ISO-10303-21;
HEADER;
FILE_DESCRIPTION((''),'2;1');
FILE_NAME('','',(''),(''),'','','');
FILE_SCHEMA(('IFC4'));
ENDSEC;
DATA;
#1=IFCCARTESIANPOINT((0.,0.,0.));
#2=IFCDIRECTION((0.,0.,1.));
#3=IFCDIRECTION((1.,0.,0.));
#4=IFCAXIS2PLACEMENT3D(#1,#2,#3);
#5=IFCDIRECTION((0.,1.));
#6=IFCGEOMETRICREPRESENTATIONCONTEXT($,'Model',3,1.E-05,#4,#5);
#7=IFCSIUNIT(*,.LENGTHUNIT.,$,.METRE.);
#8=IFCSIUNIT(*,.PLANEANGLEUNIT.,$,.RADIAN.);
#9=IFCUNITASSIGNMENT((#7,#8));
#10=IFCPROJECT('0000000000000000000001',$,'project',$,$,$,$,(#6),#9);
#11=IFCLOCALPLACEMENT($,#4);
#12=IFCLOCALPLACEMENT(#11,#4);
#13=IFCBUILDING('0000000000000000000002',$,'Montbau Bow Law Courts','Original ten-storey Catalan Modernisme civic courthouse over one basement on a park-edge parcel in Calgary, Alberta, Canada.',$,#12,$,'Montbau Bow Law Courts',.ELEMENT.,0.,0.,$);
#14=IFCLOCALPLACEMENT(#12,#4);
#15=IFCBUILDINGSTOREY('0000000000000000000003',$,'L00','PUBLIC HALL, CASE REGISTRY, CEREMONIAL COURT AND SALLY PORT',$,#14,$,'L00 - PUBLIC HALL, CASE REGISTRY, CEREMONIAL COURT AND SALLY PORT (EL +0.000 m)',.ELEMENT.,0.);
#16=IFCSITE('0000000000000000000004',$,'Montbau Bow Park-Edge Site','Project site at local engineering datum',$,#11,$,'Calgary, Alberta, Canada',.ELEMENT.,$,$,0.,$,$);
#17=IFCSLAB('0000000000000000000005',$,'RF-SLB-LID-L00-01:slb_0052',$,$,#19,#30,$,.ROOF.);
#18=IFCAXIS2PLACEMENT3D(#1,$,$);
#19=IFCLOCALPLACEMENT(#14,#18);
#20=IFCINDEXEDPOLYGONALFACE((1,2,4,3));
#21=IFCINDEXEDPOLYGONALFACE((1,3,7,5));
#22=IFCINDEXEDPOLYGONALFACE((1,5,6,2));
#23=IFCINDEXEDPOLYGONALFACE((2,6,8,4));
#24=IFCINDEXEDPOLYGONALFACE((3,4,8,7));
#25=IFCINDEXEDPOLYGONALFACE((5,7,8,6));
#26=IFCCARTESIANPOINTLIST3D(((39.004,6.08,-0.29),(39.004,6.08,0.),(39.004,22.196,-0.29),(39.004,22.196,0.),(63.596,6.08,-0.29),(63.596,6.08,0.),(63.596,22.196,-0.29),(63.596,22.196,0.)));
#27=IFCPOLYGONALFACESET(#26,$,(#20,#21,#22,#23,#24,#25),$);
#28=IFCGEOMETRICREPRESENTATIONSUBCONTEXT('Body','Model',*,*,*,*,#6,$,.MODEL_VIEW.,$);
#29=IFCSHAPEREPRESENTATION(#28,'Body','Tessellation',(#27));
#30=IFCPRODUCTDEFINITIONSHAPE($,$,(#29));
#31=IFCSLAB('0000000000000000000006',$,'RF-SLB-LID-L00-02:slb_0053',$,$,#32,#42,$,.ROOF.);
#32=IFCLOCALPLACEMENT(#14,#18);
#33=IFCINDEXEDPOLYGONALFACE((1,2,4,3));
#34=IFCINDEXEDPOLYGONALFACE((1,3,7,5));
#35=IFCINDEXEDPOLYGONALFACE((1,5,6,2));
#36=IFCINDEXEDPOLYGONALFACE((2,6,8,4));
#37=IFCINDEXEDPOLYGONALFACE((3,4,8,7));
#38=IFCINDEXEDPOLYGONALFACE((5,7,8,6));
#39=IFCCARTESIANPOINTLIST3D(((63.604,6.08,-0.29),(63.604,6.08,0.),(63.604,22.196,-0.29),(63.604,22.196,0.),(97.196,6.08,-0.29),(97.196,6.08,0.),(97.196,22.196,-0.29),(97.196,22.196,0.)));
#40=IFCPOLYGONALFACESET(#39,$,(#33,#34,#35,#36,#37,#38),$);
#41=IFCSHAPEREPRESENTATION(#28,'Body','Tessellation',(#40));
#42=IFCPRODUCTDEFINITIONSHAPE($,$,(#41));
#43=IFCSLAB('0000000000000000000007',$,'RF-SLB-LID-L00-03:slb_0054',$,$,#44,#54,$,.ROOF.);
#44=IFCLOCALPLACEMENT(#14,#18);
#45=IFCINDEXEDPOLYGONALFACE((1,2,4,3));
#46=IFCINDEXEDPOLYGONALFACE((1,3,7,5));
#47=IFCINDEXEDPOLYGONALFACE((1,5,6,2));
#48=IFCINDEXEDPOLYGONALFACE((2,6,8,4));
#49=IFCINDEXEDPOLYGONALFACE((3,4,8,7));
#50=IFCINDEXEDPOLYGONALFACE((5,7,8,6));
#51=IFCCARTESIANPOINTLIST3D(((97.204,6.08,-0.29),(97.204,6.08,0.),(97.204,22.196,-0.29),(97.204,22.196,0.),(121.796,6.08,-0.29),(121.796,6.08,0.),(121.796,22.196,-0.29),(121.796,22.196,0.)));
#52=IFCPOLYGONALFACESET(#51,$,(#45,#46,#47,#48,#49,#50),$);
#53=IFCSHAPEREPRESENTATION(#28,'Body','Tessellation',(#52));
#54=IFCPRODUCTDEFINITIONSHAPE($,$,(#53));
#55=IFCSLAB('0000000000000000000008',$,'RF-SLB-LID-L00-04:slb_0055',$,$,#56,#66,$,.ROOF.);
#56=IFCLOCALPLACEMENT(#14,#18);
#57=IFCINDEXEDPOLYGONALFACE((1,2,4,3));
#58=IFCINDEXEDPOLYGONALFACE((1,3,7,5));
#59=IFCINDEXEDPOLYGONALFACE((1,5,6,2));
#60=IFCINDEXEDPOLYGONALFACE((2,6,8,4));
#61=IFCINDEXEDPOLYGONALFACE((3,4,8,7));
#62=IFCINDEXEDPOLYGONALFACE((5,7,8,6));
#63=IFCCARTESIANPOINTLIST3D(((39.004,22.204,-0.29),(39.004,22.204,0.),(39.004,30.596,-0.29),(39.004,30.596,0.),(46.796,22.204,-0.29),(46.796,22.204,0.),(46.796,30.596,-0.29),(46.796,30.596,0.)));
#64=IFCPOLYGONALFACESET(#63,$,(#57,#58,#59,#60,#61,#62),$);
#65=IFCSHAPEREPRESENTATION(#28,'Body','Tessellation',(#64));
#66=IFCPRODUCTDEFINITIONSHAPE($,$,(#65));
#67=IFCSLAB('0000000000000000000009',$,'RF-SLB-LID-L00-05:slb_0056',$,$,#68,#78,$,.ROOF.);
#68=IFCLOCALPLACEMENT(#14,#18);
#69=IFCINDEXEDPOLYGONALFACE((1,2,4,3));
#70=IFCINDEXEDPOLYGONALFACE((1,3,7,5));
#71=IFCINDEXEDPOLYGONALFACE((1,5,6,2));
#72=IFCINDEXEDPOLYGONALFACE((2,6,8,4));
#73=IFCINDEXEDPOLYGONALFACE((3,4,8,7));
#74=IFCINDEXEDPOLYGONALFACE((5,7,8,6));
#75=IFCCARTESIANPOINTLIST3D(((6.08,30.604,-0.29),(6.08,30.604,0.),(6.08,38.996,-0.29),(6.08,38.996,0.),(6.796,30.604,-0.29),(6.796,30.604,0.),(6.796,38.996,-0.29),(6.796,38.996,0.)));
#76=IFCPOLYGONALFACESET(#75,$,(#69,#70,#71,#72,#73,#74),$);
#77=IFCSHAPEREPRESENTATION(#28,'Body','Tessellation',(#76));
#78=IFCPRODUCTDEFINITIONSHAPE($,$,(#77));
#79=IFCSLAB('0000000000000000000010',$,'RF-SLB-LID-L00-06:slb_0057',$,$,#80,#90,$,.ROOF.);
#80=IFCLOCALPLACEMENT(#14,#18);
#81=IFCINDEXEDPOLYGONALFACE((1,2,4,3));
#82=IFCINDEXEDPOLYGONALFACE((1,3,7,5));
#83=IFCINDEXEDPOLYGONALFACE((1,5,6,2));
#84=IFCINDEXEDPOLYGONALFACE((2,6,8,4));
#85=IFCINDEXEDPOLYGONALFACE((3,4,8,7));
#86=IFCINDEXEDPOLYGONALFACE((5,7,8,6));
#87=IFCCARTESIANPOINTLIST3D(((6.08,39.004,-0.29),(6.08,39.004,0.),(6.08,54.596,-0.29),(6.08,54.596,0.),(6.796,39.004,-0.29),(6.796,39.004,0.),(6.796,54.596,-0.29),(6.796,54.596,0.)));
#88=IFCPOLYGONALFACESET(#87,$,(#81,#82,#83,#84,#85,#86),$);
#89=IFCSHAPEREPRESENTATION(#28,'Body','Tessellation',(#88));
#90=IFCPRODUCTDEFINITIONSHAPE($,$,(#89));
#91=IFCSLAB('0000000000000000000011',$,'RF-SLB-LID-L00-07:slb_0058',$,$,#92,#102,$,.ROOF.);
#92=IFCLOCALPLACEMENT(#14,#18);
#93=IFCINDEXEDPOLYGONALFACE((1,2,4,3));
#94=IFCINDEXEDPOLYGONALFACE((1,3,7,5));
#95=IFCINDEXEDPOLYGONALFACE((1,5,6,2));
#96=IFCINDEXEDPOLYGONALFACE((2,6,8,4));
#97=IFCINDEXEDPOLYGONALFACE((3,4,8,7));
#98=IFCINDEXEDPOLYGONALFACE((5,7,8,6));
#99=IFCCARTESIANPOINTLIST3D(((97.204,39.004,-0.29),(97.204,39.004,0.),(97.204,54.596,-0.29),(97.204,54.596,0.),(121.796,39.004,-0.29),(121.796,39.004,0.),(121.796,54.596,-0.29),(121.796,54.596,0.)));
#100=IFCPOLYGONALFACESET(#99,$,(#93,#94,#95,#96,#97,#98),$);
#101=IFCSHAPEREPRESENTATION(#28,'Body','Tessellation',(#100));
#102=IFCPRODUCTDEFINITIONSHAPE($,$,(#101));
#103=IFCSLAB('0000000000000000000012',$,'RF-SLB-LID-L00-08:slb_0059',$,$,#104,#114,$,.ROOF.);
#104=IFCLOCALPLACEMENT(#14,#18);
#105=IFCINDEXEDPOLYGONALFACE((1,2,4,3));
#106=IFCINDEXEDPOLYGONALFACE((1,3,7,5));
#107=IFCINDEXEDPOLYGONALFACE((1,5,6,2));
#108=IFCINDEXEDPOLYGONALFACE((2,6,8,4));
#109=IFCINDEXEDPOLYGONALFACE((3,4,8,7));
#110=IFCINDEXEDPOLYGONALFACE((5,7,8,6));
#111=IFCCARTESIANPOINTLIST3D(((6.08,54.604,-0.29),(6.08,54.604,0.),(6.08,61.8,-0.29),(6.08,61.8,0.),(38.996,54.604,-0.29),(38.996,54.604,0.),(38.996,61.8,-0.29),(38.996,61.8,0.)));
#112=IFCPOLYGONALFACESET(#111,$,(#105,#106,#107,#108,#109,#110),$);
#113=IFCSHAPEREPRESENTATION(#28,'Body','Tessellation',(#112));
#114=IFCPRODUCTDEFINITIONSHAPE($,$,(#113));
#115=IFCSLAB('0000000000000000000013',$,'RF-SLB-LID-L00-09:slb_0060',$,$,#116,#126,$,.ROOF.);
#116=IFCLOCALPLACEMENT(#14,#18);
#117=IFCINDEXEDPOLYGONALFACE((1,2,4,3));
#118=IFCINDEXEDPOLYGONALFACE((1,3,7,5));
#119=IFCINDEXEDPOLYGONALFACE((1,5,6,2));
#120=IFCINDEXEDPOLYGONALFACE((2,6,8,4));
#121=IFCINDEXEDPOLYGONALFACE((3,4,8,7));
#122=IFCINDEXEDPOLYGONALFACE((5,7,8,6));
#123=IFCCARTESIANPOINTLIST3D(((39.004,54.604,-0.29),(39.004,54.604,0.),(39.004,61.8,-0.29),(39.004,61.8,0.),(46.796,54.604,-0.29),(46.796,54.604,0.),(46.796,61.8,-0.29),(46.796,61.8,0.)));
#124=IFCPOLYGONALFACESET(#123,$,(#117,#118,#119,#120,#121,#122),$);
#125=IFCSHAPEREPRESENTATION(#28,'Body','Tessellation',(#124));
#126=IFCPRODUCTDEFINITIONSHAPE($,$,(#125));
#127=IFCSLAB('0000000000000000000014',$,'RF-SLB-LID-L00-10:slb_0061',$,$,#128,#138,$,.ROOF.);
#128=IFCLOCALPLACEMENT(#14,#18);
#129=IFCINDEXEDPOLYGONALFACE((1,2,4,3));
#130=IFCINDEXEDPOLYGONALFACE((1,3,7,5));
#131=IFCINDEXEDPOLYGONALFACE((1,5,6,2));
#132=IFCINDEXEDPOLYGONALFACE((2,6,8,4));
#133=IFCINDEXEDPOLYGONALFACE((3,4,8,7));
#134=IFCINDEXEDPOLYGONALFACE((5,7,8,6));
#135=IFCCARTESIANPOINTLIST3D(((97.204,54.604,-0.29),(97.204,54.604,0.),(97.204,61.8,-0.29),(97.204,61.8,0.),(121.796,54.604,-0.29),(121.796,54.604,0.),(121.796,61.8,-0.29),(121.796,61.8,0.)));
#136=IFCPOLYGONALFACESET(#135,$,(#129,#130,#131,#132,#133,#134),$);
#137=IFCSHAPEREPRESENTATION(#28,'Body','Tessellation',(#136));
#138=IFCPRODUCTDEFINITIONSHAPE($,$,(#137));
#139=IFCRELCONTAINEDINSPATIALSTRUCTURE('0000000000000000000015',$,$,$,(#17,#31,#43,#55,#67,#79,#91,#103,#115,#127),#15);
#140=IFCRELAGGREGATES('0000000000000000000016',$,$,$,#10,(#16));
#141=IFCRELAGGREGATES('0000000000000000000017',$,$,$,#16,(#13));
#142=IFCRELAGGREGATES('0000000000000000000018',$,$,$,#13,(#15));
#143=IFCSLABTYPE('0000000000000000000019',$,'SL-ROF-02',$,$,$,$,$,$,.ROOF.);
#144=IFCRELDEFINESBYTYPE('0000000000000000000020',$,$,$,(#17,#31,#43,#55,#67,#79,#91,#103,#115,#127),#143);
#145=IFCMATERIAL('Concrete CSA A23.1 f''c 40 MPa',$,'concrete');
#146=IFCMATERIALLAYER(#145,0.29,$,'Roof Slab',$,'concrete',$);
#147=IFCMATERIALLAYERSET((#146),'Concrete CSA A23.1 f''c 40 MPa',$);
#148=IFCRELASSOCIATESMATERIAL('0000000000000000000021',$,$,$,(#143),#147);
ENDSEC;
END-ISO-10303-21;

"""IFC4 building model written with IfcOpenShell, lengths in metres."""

from ifc_helpers import new_model, si_unit, direction, frame, origin_with_axes, place, context, subcontext, project, spatial, polyline, outline, extrude, material, layer, layer_set, type_object, element, save


model = new_model("IFC4")

# Units and contexts
model_context = context("Model", 3, precision=1e-05, world=origin_with_axes(), true_north=direction((0.0, 1.0)))
body_context = subcontext(model_context, "Body", "Model", "MODEL_VIEW")
ifc_project = project(units=[si_unit("LENGTHUNIT", "METRE"), si_unit("PLANEANGLEUNIT", "RADIAN")], contexts=[model_context])

# Site, building, storey
site_placement = place(None, origin_with_axes())
site = spatial("IfcSite", under=ifc_project, at=site_placement, Name="Montbau Bow Park-Edge Site", Description="Project site at local engineering datum", LongName="Calgary, Alberta, Canada", CompositionType="ELEMENT", RefElevation=0.0)
building_placement = place(site_placement, origin_with_axes())
building = spatial("IfcBuilding", under=site, at=building_placement, Name="Montbau Bow Law Courts", Description="Original ten-storey Catalan Modernisme civic courthouse over one basement on a park-edge parcel in Calgary, Alberta, Canada.", LongName="Montbau Bow Law Courts", CompositionType="ELEMENT", ElevationOfRefHeight=0.0, ElevationOfTerrain=0.0)
storey_placement = place(building_placement, origin_with_axes())
storey = spatial("IfcBuildingStorey", under=building, at=storey_placement, Name="L00", Description="PUBLIC HALL, CASE REGISTRY, CEREMONIAL COURT AND SALLY PORT", LongName="L00 - PUBLIC HALL, CASE REGISTRY, CEREMONIAL COURT AND SALLY PORT (EL +0.000 m)", CompositionType="ELEMENT", Elevation=0.0)

# Shared definitions
ifc_material_1 = material(Name="Concrete CSA A23.1 f'c 40 MPa", Category="concrete")

# Slabs
ifc_layer_1 = layer(ifc_material_1, 0.29, Name="Roof Slab", Category="concrete")
ifc_layer_set_1 = layer_set([ifc_layer_1], Name="Concrete CSA A23.1 f'c 40 MPa")
slab_type_1 = type_object("IfcSlabType", Name="SL-ROF-02", PredefinedType="ROOF", material=ifc_layer_set_1)
slab_1_placement = place(None, frame((0.0, 0.0, -0.29), z_axis=(0.0, 0.0, 1.0), x_axis=(1.0, 0.0, 0.0)))
element("IfcSlab", 1, at=slab_1_placement, inside=storey, type_object=slab_type_1, Name="RF-SLB-LID-L00-01:slb_0052", PredefinedType="ROOF", context=body_context, shape_type="SweptSolid", body=[
    extrude(outline(polyline([(39.004, 22.196), (63.596, 22.196), (63.596, 6.08), (39.004, 6.08), (39.004, 22.196)])), origin_with_axes(), (0.0, 0.0, 1.0), 0.29),
])
slab_2_placement = place(None, frame((0.0, 0.0, -0.29), z_axis=(0.0, 0.0, 1.0), x_axis=(1.0, 0.0, 0.0)))
element("IfcSlab", 2, at=slab_2_placement, inside=storey, type_object=slab_type_1, Name="RF-SLB-LID-L00-02:slb_0053", PredefinedType="ROOF", context=body_context, shape_type="SweptSolid", body=[
    extrude(outline(polyline([(63.604, 6.08), (63.604, 22.196), (97.196, 22.196), (97.196, 6.08), (63.604, 6.08)])), origin_with_axes(), (0.0, 0.0, 1.0), 0.29),
])
slab_3_placement = place(None, frame((0.0, 0.0, -0.29), z_axis=(0.0, 0.0, 1.0), x_axis=(1.0, 0.0, 0.0)))
element("IfcSlab", 3, at=slab_3_placement, inside=storey, type_object=slab_type_1, Name="RF-SLB-LID-L00-03:slb_0054", PredefinedType="ROOF", context=body_context, shape_type="SweptSolid", body=[
    extrude(outline(polyline([(121.796, 6.08), (97.204, 6.08), (97.204, 22.196), (121.796, 22.196), (121.796, 6.08)])), origin_with_axes(), (0.0, 0.0, 1.0), 0.29),
])
slab_4_placement = place(None, frame((0.0, 0.0, -0.29), z_axis=(0.0, 0.0, 1.0), x_axis=(1.0, 0.0, 0.0)))
element("IfcSlab", 4, at=slab_4_placement, inside=storey, type_object=slab_type_1, Name="RF-SLB-LID-L00-04:slb_0055", PredefinedType="ROOF", context=body_context, shape_type="SweptSolid", body=[
    extrude(outline(polyline([(39.004, 30.596), (46.796, 30.596), (46.796, 22.204), (39.004, 22.204), (39.004, 30.596)])), origin_with_axes(), (0.0, 0.0, 1.0), 0.29),
])
slab_5_placement = place(None, frame((0.0, 0.0, -0.29), z_axis=(0.0, 0.0, 1.0), x_axis=(1.0, 0.0, 0.0)))
element("IfcSlab", 5, at=slab_5_placement, inside=storey, type_object=slab_type_1, Name="RF-SLB-LID-L00-05:slb_0056", PredefinedType="ROOF", context=body_context, shape_type="SweptSolid", body=[
    extrude(outline(polyline([(6.796, 30.604), (6.08, 30.604), (6.08, 38.996), (6.796, 38.996), (6.796, 30.604)])), origin_with_axes(), (0.0, 0.0, 1.0), 0.29),
])
slab_6_placement = place(None, frame((0.0, 0.0, -0.29), z_axis=(0.0, 0.0, 1.0), x_axis=(1.0, 0.0, 0.0)))
element("IfcSlab", 6, at=slab_6_placement, inside=storey, type_object=slab_type_1, Name="RF-SLB-LID-L00-06:slb_0057", PredefinedType="ROOF", context=body_context, shape_type="SweptSolid", body=[
    extrude(outline(polyline([(6.796, 39.004), (6.08, 39.004), (6.08, 54.596), (6.796, 54.596), (6.796, 39.004)])), origin_with_axes(), (0.0, 0.0, 1.0), 0.29),
])
slab_7_placement = place(None, frame((0.0, 0.0, -0.29), z_axis=(0.0, 0.0, 1.0), x_axis=(1.0, 0.0, 0.0)))
element("IfcSlab", 7, at=slab_7_placement, inside=storey, type_object=slab_type_1, Name="RF-SLB-LID-L00-07:slb_0058", PredefinedType="ROOF", context=body_context, shape_type="SweptSolid", body=[
    extrude(outline(polyline([(121.796, 39.004), (97.204, 39.004), (97.204, 54.596), (121.796, 54.596), (121.796, 39.004)])), origin_with_axes(), (0.0, 0.0, 1.0), 0.29),
])
slab_8_placement = place(None, frame((0.0, 0.0, -0.29), z_axis=(0.0, 0.0, 1.0), x_axis=(1.0, 0.0, 0.0)))
element("IfcSlab", 8, at=slab_8_placement, inside=storey, type_object=slab_type_1, Name="RF-SLB-LID-L00-08:slb_0059", PredefinedType="ROOF", context=body_context, shape_type="SweptSolid", body=[
    extrude(outline(polyline([(38.996, 54.604), (6.08, 54.604), (6.08, 61.8), (38.996, 61.8), (38.996, 54.604)])), origin_with_axes(), (0.0, 0.0, 1.0), 0.29),
])
slab_9_placement = place(None, frame((0.0, 0.0, -0.29), z_axis=(0.0, 0.0, 1.0), x_axis=(1.0, 0.0, 0.0)))
element("IfcSlab", 9, at=slab_9_placement, inside=storey, type_object=slab_type_1, Name="RF-SLB-LID-L00-09:slb_0060", PredefinedType="ROOF", context=body_context, shape_type="SweptSolid", body=[
    extrude(outline(polyline([(46.796, 61.8), (46.796, 54.604), (39.004, 54.604), (39.004, 61.8), (46.796, 61.8)])), origin_with_axes(), (0.0, 0.0, 1.0), 0.29),
])
slab_10_placement = place(None, frame((0.0, 0.0, -0.29), z_axis=(0.0, 0.0, 1.0), x_axis=(1.0, 0.0, 0.0)))
element("IfcSlab", 10, at=slab_10_placement, inside=storey, type_object=slab_type_1, Name="RF-SLB-LID-L00-10:slb_0061", PredefinedType="ROOF", context=body_context, shape_type="SweptSolid", body=[
    extrude(outline(polyline([(121.796, 54.604), (97.204, 54.604), (97.204, 61.8), (121.796, 61.8), (121.796, 54.604)])), origin_with_axes(), (0.0, 0.0, 1.0), 0.29),
])

save(model, "model.ifc")
